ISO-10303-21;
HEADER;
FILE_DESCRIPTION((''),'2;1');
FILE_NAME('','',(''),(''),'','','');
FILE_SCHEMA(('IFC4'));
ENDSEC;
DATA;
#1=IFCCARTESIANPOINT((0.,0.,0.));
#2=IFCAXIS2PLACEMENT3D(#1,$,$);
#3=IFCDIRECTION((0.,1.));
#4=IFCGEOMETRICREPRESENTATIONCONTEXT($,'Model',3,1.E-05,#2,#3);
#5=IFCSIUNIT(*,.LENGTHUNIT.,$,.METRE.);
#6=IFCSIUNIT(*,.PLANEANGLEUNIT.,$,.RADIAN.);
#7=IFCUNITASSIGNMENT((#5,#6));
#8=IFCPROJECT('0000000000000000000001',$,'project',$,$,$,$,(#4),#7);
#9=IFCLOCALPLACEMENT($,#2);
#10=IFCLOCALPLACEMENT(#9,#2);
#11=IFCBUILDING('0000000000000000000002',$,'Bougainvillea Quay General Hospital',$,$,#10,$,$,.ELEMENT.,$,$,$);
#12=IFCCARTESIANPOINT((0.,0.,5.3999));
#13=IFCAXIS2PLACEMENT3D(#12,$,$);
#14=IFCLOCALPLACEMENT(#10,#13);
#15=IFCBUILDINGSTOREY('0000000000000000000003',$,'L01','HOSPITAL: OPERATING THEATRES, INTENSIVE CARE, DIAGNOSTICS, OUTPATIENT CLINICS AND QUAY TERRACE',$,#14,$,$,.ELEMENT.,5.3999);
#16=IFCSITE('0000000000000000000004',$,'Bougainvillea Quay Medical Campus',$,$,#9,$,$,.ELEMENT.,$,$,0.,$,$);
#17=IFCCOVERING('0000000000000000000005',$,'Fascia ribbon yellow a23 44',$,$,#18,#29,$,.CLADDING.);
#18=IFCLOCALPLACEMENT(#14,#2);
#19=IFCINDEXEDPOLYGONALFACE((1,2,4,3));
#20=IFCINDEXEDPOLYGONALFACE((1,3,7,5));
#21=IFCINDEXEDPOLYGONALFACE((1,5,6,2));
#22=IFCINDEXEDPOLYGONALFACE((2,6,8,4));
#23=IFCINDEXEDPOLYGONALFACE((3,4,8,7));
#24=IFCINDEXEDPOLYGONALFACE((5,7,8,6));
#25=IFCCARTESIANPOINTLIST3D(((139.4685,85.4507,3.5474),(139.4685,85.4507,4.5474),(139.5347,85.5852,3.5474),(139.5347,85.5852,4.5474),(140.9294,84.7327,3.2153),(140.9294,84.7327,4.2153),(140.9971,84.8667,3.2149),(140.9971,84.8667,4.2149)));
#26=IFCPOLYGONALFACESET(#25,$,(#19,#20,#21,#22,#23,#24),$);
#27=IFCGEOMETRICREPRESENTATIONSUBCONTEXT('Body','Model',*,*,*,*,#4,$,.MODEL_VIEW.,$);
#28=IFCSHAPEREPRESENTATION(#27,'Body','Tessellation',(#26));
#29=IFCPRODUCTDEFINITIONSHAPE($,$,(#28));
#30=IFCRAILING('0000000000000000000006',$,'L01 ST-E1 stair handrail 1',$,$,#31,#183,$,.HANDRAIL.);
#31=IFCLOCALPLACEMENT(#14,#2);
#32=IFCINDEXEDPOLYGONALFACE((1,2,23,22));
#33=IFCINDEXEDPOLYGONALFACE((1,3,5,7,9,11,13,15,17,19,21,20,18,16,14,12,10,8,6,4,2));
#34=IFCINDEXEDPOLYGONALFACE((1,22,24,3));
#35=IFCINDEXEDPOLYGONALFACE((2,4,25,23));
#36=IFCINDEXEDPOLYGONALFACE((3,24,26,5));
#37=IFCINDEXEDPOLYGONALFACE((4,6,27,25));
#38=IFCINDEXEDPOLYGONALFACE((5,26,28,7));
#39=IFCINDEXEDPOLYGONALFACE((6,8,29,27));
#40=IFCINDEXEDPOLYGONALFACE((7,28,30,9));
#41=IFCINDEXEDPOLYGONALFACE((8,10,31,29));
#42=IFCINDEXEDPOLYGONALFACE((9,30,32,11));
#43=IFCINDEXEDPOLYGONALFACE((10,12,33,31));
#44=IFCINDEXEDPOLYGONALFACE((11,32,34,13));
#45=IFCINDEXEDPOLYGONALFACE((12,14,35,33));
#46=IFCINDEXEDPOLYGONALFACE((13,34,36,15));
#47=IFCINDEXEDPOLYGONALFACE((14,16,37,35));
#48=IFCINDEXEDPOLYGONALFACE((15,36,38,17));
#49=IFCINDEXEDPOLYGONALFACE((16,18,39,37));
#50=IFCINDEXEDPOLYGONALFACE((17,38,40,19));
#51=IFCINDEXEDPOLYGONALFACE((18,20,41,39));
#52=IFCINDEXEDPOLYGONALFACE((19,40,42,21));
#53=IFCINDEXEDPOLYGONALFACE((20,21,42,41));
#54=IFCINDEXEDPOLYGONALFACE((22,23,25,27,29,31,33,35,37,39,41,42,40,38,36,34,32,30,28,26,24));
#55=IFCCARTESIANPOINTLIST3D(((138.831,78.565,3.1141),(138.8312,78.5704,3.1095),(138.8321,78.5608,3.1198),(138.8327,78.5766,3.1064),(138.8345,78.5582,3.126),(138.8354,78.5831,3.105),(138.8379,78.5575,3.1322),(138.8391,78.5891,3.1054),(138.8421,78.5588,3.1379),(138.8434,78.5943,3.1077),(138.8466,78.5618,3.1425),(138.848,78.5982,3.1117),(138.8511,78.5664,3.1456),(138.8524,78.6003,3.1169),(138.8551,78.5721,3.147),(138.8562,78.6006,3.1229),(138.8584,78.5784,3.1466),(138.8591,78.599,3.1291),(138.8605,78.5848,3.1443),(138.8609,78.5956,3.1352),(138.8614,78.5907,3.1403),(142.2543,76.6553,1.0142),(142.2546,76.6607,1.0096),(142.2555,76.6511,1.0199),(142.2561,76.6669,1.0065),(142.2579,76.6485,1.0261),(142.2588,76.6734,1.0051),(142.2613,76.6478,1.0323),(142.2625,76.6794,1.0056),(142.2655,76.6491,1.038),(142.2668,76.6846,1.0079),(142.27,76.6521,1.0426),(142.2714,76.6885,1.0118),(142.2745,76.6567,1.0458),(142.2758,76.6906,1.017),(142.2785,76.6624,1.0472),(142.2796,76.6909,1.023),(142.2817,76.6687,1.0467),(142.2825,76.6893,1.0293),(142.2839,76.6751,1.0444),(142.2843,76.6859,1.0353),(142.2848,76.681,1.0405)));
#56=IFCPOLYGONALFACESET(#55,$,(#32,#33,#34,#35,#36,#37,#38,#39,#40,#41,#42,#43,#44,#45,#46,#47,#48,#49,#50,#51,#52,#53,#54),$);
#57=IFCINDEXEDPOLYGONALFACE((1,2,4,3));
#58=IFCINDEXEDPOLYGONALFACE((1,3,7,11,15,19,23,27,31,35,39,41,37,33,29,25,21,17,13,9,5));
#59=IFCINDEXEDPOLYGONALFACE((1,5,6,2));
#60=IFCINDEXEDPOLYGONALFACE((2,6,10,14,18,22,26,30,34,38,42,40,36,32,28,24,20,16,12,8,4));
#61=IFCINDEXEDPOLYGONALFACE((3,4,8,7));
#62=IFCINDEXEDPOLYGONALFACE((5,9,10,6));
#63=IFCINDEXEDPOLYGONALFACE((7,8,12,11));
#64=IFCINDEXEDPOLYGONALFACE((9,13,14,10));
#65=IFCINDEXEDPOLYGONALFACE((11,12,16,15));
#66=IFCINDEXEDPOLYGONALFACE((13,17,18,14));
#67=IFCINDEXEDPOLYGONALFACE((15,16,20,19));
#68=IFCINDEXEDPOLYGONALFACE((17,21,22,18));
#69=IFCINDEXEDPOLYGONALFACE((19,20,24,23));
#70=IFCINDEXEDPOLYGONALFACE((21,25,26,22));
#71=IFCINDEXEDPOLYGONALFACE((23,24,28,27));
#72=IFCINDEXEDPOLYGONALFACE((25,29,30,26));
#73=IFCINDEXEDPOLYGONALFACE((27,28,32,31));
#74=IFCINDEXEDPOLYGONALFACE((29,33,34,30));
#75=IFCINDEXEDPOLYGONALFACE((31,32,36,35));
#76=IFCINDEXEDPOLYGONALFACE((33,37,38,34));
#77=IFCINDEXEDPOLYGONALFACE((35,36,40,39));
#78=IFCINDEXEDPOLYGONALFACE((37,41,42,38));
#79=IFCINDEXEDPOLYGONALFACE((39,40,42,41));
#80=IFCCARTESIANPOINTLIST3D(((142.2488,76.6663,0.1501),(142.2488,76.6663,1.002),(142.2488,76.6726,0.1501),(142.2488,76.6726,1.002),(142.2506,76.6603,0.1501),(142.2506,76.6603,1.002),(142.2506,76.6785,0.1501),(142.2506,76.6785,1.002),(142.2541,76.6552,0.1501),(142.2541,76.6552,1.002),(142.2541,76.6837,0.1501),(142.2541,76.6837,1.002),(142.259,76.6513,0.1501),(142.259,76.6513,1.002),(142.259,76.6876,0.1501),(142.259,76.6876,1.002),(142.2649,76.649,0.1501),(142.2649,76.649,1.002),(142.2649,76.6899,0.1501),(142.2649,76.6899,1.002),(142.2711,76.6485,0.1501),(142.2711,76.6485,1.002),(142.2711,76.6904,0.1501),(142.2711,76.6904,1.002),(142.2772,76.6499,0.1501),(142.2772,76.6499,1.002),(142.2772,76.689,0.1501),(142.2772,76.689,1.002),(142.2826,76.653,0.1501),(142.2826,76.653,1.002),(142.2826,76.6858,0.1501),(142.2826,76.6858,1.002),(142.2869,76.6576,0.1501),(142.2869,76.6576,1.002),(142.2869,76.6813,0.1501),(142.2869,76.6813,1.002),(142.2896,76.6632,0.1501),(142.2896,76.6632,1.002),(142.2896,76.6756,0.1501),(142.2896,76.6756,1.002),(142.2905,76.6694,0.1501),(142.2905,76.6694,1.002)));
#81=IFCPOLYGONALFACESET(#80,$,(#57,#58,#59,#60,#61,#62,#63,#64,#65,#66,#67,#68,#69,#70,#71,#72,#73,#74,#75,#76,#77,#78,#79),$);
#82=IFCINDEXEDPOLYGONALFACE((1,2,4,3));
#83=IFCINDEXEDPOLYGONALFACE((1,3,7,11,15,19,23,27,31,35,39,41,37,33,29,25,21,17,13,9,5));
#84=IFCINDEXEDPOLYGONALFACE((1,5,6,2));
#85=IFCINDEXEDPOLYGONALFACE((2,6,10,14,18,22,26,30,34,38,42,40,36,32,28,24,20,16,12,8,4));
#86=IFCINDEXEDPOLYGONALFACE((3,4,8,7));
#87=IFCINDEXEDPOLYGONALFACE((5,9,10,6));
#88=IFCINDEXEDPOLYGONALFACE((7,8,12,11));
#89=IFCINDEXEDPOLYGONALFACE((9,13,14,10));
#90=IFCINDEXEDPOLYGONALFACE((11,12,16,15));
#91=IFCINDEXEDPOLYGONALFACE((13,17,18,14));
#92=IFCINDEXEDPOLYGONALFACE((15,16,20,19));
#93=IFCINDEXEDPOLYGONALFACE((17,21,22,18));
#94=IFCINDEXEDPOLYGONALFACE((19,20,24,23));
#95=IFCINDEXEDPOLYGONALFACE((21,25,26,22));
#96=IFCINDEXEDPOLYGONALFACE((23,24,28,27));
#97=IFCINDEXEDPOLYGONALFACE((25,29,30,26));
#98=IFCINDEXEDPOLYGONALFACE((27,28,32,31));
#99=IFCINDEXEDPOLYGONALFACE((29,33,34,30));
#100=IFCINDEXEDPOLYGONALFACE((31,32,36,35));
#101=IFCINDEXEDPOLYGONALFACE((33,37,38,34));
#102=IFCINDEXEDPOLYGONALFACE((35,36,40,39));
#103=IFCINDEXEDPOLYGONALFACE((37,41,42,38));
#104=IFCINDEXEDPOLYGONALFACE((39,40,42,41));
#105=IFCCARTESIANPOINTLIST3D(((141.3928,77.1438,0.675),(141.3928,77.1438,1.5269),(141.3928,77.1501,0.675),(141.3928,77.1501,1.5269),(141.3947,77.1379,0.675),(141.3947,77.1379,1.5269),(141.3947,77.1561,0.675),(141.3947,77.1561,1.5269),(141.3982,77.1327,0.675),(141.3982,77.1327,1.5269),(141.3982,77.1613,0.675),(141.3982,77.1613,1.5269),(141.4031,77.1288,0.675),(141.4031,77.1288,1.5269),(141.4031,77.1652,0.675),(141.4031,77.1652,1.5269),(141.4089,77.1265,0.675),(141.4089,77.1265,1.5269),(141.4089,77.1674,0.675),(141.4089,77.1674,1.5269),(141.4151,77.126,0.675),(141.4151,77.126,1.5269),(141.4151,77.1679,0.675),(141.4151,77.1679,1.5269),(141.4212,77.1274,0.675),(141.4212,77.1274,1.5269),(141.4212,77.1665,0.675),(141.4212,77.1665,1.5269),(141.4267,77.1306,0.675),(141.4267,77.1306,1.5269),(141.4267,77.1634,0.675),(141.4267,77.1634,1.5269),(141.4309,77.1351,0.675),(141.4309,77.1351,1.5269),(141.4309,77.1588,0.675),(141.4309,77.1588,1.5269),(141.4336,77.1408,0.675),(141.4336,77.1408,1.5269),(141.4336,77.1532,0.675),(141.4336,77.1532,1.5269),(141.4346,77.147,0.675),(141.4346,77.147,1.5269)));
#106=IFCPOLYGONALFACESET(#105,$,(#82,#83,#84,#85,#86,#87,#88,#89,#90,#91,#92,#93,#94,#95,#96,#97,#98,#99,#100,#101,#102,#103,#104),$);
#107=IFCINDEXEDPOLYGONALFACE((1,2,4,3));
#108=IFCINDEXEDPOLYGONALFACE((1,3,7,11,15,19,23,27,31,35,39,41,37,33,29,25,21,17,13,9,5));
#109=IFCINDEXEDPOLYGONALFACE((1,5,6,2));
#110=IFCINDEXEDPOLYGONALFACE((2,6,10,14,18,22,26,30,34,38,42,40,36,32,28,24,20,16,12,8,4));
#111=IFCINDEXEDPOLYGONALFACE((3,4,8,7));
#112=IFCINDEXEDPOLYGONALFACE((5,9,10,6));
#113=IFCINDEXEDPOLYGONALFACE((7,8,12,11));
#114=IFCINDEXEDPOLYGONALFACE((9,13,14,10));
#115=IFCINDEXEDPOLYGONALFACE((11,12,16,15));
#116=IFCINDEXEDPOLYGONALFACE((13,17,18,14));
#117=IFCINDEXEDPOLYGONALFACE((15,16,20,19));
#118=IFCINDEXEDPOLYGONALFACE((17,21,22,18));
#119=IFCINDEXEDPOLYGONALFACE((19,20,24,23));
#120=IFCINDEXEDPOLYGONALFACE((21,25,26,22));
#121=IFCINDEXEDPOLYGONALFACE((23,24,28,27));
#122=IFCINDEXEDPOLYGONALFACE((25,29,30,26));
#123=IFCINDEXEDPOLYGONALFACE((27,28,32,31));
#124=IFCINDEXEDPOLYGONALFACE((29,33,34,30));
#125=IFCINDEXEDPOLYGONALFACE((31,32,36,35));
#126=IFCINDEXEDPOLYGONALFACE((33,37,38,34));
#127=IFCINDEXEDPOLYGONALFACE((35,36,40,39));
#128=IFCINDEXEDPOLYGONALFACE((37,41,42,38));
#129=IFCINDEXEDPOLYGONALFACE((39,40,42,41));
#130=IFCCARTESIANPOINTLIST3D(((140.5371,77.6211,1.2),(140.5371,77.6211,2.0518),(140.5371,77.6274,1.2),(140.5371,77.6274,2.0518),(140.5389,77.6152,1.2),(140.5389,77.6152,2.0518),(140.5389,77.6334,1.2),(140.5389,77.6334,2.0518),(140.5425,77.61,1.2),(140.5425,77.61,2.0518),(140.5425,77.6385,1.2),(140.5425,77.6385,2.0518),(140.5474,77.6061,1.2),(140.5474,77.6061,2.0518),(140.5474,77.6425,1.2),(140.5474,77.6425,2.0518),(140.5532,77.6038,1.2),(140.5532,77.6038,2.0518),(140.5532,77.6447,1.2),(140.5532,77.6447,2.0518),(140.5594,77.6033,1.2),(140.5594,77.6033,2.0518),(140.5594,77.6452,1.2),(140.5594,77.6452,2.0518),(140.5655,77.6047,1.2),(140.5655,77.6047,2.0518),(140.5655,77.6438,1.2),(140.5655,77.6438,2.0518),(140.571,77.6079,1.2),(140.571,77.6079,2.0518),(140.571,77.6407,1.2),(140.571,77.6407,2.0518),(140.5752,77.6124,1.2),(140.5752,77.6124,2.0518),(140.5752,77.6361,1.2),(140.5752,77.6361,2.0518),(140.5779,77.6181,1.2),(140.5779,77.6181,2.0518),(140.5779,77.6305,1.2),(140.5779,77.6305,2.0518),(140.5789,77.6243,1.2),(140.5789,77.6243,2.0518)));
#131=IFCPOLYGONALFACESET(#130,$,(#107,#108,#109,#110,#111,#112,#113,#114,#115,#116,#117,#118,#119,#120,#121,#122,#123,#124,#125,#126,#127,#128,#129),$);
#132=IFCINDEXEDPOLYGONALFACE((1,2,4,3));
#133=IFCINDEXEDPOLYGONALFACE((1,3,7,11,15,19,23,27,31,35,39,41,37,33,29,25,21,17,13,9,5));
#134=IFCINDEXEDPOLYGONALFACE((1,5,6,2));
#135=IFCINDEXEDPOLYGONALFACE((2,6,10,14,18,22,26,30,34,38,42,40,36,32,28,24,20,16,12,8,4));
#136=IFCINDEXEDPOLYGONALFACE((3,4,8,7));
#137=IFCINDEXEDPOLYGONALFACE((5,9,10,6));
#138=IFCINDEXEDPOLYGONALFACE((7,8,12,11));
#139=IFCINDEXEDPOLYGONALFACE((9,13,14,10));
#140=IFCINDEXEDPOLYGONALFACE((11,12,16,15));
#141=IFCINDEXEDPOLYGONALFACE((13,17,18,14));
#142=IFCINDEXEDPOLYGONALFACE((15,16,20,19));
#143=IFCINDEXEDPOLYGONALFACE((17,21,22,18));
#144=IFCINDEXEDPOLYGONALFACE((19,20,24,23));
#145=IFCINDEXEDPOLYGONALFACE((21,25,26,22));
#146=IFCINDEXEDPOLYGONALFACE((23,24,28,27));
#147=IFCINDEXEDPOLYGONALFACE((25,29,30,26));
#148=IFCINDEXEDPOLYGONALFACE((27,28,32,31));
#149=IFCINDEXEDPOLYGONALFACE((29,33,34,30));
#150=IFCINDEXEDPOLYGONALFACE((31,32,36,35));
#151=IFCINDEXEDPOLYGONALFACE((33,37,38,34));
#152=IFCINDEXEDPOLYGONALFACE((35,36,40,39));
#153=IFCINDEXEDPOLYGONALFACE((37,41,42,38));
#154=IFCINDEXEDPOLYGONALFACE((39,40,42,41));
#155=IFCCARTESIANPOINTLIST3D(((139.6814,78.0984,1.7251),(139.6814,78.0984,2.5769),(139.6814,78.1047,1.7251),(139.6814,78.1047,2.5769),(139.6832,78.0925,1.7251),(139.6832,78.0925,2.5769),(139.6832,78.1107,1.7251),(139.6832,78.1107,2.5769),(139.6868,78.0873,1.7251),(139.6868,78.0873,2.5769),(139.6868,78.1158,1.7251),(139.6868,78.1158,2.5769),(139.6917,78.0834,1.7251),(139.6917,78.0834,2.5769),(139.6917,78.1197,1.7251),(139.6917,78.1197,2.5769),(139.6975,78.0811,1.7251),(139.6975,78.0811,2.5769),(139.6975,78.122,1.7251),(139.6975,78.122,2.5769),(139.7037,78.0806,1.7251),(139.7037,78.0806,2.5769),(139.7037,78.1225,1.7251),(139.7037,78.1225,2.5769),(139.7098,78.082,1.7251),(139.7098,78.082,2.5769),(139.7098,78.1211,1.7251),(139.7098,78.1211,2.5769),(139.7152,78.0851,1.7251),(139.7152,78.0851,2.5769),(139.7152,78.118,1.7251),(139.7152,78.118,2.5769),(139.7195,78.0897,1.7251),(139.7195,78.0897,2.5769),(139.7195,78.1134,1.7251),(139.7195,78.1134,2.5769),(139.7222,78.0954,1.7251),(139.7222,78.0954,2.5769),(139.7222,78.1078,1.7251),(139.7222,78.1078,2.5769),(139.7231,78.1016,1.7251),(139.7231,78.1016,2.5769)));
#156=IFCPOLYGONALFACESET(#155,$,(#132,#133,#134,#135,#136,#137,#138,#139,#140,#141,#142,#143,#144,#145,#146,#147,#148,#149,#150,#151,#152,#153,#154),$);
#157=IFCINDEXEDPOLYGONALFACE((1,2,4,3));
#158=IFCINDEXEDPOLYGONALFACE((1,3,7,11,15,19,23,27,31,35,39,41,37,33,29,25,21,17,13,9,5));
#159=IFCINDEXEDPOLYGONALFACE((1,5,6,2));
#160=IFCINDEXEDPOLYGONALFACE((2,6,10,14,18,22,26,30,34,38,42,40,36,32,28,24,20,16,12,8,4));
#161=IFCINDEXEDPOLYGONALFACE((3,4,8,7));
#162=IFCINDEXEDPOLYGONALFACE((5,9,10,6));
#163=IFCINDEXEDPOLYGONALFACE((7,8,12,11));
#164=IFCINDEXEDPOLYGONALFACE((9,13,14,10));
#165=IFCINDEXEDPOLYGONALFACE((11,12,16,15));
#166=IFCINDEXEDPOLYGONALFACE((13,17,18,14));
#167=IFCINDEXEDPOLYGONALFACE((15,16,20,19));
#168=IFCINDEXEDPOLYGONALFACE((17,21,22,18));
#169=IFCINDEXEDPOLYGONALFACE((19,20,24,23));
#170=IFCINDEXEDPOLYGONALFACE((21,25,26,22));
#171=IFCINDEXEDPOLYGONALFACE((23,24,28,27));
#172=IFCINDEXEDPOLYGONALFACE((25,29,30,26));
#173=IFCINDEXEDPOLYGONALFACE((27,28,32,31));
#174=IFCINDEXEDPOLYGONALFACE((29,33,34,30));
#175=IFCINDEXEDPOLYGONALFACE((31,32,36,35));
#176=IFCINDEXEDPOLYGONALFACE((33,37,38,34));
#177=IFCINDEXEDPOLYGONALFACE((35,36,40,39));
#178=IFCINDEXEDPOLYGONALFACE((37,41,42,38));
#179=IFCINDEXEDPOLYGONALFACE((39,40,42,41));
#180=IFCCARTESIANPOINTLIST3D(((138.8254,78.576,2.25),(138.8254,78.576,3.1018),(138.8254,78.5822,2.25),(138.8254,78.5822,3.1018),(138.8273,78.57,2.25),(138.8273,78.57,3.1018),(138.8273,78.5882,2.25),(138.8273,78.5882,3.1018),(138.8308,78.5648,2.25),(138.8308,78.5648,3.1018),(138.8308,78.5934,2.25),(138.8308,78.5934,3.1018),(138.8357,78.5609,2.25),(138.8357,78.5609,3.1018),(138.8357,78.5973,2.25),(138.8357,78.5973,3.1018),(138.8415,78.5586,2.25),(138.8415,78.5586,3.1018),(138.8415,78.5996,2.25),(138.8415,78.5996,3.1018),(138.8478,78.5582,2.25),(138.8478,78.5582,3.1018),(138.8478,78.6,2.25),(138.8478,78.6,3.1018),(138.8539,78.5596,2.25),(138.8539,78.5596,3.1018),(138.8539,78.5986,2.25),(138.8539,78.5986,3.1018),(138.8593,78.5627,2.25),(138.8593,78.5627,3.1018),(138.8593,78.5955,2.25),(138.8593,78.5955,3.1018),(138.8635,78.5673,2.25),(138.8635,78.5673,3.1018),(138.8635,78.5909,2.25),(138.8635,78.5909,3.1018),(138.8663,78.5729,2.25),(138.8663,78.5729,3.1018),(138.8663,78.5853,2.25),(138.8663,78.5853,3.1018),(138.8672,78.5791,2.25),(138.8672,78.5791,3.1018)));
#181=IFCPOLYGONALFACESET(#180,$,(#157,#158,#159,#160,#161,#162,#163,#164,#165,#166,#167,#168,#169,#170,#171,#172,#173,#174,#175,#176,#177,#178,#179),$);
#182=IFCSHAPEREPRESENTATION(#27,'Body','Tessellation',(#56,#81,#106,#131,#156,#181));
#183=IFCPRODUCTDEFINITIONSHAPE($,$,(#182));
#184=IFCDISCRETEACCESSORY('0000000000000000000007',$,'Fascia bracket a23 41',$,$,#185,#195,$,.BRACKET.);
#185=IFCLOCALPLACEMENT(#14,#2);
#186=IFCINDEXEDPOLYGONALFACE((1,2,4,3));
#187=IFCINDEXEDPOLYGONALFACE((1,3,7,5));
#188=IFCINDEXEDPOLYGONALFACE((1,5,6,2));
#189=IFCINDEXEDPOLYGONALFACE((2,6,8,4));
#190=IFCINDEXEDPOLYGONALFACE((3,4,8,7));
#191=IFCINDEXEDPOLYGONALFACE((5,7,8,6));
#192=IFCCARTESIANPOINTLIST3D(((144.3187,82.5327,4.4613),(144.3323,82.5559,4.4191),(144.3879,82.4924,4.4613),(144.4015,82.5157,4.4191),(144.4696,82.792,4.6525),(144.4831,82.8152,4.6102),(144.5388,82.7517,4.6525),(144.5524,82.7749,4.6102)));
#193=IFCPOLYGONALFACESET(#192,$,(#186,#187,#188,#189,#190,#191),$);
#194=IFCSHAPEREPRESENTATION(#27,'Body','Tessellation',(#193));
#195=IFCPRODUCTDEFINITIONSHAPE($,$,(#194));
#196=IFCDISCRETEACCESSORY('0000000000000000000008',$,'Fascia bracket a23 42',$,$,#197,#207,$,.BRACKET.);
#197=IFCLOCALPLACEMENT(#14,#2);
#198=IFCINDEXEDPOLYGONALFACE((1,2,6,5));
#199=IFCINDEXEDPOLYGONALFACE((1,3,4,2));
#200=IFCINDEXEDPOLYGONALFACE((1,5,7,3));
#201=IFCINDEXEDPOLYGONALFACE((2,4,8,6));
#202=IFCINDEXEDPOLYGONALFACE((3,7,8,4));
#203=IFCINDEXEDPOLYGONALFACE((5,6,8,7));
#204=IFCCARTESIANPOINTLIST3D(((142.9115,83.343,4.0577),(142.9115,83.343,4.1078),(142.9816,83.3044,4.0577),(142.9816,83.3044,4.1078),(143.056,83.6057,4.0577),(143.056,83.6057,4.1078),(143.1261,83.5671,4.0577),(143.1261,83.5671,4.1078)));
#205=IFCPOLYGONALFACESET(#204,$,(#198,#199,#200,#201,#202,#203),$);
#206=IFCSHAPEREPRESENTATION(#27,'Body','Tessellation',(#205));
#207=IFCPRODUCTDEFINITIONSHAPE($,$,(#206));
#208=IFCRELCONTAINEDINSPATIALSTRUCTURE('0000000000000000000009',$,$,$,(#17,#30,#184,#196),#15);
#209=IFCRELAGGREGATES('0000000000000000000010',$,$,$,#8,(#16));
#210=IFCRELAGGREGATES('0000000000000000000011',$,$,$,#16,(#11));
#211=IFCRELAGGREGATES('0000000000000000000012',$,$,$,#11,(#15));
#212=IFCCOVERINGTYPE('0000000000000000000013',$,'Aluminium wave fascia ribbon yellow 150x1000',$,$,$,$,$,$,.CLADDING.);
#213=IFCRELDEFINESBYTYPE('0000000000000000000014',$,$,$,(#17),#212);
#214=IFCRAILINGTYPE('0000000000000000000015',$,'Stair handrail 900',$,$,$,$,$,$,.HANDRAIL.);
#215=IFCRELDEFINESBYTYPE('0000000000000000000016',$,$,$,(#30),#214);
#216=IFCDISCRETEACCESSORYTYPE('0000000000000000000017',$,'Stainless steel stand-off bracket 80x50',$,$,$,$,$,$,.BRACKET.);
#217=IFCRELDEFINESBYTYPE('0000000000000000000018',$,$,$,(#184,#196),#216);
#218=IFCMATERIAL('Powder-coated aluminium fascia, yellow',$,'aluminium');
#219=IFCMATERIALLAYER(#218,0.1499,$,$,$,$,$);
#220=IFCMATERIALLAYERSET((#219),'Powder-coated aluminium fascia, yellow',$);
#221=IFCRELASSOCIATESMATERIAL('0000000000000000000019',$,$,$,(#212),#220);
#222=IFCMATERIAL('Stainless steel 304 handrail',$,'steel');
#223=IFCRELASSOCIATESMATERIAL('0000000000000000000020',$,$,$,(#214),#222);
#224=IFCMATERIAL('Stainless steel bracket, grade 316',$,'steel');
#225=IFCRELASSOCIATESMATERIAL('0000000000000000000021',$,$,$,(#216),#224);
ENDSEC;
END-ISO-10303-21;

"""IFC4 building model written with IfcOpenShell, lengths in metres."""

from ifc_helpers import new_model, si_unit, direction, frame, origin, origin_2d, place, context, subcontext, project, spatial, polyline, rectangle, circle, outline, extrude, material, layer, layer_set, material_profile, profile_set, type_object, element, save


model = new_model("IFC4")

# Units and contexts
model_context = context("Model", 3, precision=1e-05, world=origin(), true_north=direction((0.0, 1.0)))
body_context = subcontext(model_context, "Body", "Model", "MODEL_VIEW")
ifc_project = project(units=[si_unit("LENGTHUNIT", "METRE"), si_unit("PLANEANGLEUNIT", "RADIAN")], contexts=[model_context])

# Site, building, storey
site_placement = place(None, origin())
site = spatial("IfcSite", under=ifc_project, at=site_placement, Name="Bougainvillea Quay Medical Campus", CompositionType="ELEMENT", RefElevation=0.0)
building_placement = place(site_placement, origin())
building = spatial("IfcBuilding", under=site, at=building_placement, Name="Bougainvillea Quay General Hospital", CompositionType="ELEMENT")
storey_placement = place(building_placement, frame((0.0, 0.0, 5.3999)))
storey = spatial("IfcBuildingStorey", under=building, at=storey_placement, Name="L01", Description="HOSPITAL: OPERATING THEATRES, INTENSIVE CARE, DIAGNOSTICS, OUTPATIENT CLINICS AND QUAY TERRACE", CompositionType="ELEMENT", Elevation=5.3999)

# Covering
ifc_material_1 = material(Name="Powder-coated aluminium fascia, yellow", Category="aluminium")
ifc_layer_1 = layer(ifc_material_1, 0.1499)
ifc_layer_set_1 = layer_set([ifc_layer_1], Name="Powder-coated aluminium fascia, yellow")
covering_type = type_object("IfcCoveringType", Name="Aluminium wave fascia ribbon yellow 150x1000", PredefinedType="CLADDING", material=ifc_layer_set_1)
covering_1_placement = place(storey_placement, frame((140.9294, 84.7327, 3.2153), z_axis=(0.179637, -0.08771, 0.979815), x_axis=(-0.879351, 0.432181, 0.199905)))
element("IfcCovering", 1, at=covering_1_placement, inside=storey, type_object=covering_type, Name="Fascia ribbon yellow a23 44", PredefinedType="CLADDING", context=body_context, shape_type="SweptSolid", body=[
    extrude(outline(polyline([(0.0, 0.0), (1.6614, 0.0), (1.6613, -0.1499), (-0.0016, -0.1501), (0.0, 0.0)])), origin(), (0.199905, 0.000507, 0.979815), 1.0),
])

# Railing
ifc_material_2 = material(Name="Stainless steel 304 handrail", Category="steel")
railing_type = type_object("IfcRailingType", Name="Stair handrail 900", PredefinedType="HANDRAIL", material=ifc_material_2)
railing_placement = place(storey_placement, frame((142.2695, 76.6694, 0.1501)))
element("IfcRailing", 2, at=railing_placement, inside=storey, type_object=railing_type, Name="L01 ST-E1 stair handrail 1", PredefinedType="HANDRAIL", context=body_context, shape_type="SweptSolid", body=[
    extrude(circle(Radius=0.0239, at=origin_2d()), frame((0.0, 0.0, 0.876), z_axis=(-0.769815, 0.429432, 0.4722), x_axis=(-0.487165, -0.87331, 0.0)), (0.0, 0.0, 1.0), 4.447),
    extrude(circle(Radius=0.021, at=origin_2d()), origin(), (0.0, 0.0, 1.0), 0.8518),
    extrude(circle(Radius=0.021, at=origin_2d()), frame((-0.856, 0.4775, 0.5249)), (0.0, 0.0, 1.0), 0.8518),
    extrude(circle(Radius=0.021, at=origin_2d()), frame((-1.7117, 0.9548, 1.0498)), (0.0, 0.0, 1.0), 0.8518),
    extrude(circle(Radius=0.021, at=origin_2d()), frame((-2.5674, 1.4321, 1.575)), (0.0, 0.0, 1.0), 0.8518),
    extrude(circle(Radius=0.021, at=origin_2d()), frame((-3.4233, 1.9097, 2.0999)), (0.0, 0.0, 1.0), 0.8518),
])

# Discrete accessories
ifc_material_3 = material(Name="Stainless steel bracket, grade 316", Category="steel")
ifc_material_profile_1 = material_profile(ifc_material_3, rectangle(XDim=0.0801, YDim=0.05, at=origin_2d()))
ifc_profile_set_1 = profile_set([ifc_material_profile_1], Name="Stainless steel bracket, grade 316")
discrete_accessory_type = type_object("IfcDiscreteAccessoryType", Name="Stainless steel stand-off bracket 80x50", PredefinedType="BRACKET", material=ifc_profile_set_1)
discrete_accessory_1_placement = place(storey_placement, frame((144.3601, 82.5242, 4.4402), z_axis=(0.424158, 0.728894, 0.537405), x_axis=(-0.86431, 0.50296, 0.0)))
element("IfcDiscreteAccessory", 3, at=discrete_accessory_1_placement, inside=storey, type_object=discrete_accessory_type, Name="Fascia bracket a23 41", PredefinedType="BRACKET", context=body_context, shape_type="SweptSolid", body=[
    extrude(rectangle(XDim=0.0801, YDim=0.05, at=origin_2d()), origin(), (0.0, 0.0, 1.0), 0.3557),
])
discrete_accessory_2_placement = place(storey_placement, frame((142.9465, 83.3237, 4.0828), z_axis=(0.482044, 0.876147, 0.0), x_axis=(-0.876147, 0.482044, 0.0)))
element("IfcDiscreteAccessory", 4, at=discrete_accessory_2_placement, inside=storey, type_object=discrete_accessory_type, Name="Fascia bracket a23 42", PredefinedType="BRACKET", context=body_context, shape_type="SweptSolid", body=[
    extrude(rectangle(XDim=0.0801, YDim=0.05, at=origin_2d()), origin(), (0.0, 0.0, 1.0), 0.2998),
])

save(model, "model.ifc")
